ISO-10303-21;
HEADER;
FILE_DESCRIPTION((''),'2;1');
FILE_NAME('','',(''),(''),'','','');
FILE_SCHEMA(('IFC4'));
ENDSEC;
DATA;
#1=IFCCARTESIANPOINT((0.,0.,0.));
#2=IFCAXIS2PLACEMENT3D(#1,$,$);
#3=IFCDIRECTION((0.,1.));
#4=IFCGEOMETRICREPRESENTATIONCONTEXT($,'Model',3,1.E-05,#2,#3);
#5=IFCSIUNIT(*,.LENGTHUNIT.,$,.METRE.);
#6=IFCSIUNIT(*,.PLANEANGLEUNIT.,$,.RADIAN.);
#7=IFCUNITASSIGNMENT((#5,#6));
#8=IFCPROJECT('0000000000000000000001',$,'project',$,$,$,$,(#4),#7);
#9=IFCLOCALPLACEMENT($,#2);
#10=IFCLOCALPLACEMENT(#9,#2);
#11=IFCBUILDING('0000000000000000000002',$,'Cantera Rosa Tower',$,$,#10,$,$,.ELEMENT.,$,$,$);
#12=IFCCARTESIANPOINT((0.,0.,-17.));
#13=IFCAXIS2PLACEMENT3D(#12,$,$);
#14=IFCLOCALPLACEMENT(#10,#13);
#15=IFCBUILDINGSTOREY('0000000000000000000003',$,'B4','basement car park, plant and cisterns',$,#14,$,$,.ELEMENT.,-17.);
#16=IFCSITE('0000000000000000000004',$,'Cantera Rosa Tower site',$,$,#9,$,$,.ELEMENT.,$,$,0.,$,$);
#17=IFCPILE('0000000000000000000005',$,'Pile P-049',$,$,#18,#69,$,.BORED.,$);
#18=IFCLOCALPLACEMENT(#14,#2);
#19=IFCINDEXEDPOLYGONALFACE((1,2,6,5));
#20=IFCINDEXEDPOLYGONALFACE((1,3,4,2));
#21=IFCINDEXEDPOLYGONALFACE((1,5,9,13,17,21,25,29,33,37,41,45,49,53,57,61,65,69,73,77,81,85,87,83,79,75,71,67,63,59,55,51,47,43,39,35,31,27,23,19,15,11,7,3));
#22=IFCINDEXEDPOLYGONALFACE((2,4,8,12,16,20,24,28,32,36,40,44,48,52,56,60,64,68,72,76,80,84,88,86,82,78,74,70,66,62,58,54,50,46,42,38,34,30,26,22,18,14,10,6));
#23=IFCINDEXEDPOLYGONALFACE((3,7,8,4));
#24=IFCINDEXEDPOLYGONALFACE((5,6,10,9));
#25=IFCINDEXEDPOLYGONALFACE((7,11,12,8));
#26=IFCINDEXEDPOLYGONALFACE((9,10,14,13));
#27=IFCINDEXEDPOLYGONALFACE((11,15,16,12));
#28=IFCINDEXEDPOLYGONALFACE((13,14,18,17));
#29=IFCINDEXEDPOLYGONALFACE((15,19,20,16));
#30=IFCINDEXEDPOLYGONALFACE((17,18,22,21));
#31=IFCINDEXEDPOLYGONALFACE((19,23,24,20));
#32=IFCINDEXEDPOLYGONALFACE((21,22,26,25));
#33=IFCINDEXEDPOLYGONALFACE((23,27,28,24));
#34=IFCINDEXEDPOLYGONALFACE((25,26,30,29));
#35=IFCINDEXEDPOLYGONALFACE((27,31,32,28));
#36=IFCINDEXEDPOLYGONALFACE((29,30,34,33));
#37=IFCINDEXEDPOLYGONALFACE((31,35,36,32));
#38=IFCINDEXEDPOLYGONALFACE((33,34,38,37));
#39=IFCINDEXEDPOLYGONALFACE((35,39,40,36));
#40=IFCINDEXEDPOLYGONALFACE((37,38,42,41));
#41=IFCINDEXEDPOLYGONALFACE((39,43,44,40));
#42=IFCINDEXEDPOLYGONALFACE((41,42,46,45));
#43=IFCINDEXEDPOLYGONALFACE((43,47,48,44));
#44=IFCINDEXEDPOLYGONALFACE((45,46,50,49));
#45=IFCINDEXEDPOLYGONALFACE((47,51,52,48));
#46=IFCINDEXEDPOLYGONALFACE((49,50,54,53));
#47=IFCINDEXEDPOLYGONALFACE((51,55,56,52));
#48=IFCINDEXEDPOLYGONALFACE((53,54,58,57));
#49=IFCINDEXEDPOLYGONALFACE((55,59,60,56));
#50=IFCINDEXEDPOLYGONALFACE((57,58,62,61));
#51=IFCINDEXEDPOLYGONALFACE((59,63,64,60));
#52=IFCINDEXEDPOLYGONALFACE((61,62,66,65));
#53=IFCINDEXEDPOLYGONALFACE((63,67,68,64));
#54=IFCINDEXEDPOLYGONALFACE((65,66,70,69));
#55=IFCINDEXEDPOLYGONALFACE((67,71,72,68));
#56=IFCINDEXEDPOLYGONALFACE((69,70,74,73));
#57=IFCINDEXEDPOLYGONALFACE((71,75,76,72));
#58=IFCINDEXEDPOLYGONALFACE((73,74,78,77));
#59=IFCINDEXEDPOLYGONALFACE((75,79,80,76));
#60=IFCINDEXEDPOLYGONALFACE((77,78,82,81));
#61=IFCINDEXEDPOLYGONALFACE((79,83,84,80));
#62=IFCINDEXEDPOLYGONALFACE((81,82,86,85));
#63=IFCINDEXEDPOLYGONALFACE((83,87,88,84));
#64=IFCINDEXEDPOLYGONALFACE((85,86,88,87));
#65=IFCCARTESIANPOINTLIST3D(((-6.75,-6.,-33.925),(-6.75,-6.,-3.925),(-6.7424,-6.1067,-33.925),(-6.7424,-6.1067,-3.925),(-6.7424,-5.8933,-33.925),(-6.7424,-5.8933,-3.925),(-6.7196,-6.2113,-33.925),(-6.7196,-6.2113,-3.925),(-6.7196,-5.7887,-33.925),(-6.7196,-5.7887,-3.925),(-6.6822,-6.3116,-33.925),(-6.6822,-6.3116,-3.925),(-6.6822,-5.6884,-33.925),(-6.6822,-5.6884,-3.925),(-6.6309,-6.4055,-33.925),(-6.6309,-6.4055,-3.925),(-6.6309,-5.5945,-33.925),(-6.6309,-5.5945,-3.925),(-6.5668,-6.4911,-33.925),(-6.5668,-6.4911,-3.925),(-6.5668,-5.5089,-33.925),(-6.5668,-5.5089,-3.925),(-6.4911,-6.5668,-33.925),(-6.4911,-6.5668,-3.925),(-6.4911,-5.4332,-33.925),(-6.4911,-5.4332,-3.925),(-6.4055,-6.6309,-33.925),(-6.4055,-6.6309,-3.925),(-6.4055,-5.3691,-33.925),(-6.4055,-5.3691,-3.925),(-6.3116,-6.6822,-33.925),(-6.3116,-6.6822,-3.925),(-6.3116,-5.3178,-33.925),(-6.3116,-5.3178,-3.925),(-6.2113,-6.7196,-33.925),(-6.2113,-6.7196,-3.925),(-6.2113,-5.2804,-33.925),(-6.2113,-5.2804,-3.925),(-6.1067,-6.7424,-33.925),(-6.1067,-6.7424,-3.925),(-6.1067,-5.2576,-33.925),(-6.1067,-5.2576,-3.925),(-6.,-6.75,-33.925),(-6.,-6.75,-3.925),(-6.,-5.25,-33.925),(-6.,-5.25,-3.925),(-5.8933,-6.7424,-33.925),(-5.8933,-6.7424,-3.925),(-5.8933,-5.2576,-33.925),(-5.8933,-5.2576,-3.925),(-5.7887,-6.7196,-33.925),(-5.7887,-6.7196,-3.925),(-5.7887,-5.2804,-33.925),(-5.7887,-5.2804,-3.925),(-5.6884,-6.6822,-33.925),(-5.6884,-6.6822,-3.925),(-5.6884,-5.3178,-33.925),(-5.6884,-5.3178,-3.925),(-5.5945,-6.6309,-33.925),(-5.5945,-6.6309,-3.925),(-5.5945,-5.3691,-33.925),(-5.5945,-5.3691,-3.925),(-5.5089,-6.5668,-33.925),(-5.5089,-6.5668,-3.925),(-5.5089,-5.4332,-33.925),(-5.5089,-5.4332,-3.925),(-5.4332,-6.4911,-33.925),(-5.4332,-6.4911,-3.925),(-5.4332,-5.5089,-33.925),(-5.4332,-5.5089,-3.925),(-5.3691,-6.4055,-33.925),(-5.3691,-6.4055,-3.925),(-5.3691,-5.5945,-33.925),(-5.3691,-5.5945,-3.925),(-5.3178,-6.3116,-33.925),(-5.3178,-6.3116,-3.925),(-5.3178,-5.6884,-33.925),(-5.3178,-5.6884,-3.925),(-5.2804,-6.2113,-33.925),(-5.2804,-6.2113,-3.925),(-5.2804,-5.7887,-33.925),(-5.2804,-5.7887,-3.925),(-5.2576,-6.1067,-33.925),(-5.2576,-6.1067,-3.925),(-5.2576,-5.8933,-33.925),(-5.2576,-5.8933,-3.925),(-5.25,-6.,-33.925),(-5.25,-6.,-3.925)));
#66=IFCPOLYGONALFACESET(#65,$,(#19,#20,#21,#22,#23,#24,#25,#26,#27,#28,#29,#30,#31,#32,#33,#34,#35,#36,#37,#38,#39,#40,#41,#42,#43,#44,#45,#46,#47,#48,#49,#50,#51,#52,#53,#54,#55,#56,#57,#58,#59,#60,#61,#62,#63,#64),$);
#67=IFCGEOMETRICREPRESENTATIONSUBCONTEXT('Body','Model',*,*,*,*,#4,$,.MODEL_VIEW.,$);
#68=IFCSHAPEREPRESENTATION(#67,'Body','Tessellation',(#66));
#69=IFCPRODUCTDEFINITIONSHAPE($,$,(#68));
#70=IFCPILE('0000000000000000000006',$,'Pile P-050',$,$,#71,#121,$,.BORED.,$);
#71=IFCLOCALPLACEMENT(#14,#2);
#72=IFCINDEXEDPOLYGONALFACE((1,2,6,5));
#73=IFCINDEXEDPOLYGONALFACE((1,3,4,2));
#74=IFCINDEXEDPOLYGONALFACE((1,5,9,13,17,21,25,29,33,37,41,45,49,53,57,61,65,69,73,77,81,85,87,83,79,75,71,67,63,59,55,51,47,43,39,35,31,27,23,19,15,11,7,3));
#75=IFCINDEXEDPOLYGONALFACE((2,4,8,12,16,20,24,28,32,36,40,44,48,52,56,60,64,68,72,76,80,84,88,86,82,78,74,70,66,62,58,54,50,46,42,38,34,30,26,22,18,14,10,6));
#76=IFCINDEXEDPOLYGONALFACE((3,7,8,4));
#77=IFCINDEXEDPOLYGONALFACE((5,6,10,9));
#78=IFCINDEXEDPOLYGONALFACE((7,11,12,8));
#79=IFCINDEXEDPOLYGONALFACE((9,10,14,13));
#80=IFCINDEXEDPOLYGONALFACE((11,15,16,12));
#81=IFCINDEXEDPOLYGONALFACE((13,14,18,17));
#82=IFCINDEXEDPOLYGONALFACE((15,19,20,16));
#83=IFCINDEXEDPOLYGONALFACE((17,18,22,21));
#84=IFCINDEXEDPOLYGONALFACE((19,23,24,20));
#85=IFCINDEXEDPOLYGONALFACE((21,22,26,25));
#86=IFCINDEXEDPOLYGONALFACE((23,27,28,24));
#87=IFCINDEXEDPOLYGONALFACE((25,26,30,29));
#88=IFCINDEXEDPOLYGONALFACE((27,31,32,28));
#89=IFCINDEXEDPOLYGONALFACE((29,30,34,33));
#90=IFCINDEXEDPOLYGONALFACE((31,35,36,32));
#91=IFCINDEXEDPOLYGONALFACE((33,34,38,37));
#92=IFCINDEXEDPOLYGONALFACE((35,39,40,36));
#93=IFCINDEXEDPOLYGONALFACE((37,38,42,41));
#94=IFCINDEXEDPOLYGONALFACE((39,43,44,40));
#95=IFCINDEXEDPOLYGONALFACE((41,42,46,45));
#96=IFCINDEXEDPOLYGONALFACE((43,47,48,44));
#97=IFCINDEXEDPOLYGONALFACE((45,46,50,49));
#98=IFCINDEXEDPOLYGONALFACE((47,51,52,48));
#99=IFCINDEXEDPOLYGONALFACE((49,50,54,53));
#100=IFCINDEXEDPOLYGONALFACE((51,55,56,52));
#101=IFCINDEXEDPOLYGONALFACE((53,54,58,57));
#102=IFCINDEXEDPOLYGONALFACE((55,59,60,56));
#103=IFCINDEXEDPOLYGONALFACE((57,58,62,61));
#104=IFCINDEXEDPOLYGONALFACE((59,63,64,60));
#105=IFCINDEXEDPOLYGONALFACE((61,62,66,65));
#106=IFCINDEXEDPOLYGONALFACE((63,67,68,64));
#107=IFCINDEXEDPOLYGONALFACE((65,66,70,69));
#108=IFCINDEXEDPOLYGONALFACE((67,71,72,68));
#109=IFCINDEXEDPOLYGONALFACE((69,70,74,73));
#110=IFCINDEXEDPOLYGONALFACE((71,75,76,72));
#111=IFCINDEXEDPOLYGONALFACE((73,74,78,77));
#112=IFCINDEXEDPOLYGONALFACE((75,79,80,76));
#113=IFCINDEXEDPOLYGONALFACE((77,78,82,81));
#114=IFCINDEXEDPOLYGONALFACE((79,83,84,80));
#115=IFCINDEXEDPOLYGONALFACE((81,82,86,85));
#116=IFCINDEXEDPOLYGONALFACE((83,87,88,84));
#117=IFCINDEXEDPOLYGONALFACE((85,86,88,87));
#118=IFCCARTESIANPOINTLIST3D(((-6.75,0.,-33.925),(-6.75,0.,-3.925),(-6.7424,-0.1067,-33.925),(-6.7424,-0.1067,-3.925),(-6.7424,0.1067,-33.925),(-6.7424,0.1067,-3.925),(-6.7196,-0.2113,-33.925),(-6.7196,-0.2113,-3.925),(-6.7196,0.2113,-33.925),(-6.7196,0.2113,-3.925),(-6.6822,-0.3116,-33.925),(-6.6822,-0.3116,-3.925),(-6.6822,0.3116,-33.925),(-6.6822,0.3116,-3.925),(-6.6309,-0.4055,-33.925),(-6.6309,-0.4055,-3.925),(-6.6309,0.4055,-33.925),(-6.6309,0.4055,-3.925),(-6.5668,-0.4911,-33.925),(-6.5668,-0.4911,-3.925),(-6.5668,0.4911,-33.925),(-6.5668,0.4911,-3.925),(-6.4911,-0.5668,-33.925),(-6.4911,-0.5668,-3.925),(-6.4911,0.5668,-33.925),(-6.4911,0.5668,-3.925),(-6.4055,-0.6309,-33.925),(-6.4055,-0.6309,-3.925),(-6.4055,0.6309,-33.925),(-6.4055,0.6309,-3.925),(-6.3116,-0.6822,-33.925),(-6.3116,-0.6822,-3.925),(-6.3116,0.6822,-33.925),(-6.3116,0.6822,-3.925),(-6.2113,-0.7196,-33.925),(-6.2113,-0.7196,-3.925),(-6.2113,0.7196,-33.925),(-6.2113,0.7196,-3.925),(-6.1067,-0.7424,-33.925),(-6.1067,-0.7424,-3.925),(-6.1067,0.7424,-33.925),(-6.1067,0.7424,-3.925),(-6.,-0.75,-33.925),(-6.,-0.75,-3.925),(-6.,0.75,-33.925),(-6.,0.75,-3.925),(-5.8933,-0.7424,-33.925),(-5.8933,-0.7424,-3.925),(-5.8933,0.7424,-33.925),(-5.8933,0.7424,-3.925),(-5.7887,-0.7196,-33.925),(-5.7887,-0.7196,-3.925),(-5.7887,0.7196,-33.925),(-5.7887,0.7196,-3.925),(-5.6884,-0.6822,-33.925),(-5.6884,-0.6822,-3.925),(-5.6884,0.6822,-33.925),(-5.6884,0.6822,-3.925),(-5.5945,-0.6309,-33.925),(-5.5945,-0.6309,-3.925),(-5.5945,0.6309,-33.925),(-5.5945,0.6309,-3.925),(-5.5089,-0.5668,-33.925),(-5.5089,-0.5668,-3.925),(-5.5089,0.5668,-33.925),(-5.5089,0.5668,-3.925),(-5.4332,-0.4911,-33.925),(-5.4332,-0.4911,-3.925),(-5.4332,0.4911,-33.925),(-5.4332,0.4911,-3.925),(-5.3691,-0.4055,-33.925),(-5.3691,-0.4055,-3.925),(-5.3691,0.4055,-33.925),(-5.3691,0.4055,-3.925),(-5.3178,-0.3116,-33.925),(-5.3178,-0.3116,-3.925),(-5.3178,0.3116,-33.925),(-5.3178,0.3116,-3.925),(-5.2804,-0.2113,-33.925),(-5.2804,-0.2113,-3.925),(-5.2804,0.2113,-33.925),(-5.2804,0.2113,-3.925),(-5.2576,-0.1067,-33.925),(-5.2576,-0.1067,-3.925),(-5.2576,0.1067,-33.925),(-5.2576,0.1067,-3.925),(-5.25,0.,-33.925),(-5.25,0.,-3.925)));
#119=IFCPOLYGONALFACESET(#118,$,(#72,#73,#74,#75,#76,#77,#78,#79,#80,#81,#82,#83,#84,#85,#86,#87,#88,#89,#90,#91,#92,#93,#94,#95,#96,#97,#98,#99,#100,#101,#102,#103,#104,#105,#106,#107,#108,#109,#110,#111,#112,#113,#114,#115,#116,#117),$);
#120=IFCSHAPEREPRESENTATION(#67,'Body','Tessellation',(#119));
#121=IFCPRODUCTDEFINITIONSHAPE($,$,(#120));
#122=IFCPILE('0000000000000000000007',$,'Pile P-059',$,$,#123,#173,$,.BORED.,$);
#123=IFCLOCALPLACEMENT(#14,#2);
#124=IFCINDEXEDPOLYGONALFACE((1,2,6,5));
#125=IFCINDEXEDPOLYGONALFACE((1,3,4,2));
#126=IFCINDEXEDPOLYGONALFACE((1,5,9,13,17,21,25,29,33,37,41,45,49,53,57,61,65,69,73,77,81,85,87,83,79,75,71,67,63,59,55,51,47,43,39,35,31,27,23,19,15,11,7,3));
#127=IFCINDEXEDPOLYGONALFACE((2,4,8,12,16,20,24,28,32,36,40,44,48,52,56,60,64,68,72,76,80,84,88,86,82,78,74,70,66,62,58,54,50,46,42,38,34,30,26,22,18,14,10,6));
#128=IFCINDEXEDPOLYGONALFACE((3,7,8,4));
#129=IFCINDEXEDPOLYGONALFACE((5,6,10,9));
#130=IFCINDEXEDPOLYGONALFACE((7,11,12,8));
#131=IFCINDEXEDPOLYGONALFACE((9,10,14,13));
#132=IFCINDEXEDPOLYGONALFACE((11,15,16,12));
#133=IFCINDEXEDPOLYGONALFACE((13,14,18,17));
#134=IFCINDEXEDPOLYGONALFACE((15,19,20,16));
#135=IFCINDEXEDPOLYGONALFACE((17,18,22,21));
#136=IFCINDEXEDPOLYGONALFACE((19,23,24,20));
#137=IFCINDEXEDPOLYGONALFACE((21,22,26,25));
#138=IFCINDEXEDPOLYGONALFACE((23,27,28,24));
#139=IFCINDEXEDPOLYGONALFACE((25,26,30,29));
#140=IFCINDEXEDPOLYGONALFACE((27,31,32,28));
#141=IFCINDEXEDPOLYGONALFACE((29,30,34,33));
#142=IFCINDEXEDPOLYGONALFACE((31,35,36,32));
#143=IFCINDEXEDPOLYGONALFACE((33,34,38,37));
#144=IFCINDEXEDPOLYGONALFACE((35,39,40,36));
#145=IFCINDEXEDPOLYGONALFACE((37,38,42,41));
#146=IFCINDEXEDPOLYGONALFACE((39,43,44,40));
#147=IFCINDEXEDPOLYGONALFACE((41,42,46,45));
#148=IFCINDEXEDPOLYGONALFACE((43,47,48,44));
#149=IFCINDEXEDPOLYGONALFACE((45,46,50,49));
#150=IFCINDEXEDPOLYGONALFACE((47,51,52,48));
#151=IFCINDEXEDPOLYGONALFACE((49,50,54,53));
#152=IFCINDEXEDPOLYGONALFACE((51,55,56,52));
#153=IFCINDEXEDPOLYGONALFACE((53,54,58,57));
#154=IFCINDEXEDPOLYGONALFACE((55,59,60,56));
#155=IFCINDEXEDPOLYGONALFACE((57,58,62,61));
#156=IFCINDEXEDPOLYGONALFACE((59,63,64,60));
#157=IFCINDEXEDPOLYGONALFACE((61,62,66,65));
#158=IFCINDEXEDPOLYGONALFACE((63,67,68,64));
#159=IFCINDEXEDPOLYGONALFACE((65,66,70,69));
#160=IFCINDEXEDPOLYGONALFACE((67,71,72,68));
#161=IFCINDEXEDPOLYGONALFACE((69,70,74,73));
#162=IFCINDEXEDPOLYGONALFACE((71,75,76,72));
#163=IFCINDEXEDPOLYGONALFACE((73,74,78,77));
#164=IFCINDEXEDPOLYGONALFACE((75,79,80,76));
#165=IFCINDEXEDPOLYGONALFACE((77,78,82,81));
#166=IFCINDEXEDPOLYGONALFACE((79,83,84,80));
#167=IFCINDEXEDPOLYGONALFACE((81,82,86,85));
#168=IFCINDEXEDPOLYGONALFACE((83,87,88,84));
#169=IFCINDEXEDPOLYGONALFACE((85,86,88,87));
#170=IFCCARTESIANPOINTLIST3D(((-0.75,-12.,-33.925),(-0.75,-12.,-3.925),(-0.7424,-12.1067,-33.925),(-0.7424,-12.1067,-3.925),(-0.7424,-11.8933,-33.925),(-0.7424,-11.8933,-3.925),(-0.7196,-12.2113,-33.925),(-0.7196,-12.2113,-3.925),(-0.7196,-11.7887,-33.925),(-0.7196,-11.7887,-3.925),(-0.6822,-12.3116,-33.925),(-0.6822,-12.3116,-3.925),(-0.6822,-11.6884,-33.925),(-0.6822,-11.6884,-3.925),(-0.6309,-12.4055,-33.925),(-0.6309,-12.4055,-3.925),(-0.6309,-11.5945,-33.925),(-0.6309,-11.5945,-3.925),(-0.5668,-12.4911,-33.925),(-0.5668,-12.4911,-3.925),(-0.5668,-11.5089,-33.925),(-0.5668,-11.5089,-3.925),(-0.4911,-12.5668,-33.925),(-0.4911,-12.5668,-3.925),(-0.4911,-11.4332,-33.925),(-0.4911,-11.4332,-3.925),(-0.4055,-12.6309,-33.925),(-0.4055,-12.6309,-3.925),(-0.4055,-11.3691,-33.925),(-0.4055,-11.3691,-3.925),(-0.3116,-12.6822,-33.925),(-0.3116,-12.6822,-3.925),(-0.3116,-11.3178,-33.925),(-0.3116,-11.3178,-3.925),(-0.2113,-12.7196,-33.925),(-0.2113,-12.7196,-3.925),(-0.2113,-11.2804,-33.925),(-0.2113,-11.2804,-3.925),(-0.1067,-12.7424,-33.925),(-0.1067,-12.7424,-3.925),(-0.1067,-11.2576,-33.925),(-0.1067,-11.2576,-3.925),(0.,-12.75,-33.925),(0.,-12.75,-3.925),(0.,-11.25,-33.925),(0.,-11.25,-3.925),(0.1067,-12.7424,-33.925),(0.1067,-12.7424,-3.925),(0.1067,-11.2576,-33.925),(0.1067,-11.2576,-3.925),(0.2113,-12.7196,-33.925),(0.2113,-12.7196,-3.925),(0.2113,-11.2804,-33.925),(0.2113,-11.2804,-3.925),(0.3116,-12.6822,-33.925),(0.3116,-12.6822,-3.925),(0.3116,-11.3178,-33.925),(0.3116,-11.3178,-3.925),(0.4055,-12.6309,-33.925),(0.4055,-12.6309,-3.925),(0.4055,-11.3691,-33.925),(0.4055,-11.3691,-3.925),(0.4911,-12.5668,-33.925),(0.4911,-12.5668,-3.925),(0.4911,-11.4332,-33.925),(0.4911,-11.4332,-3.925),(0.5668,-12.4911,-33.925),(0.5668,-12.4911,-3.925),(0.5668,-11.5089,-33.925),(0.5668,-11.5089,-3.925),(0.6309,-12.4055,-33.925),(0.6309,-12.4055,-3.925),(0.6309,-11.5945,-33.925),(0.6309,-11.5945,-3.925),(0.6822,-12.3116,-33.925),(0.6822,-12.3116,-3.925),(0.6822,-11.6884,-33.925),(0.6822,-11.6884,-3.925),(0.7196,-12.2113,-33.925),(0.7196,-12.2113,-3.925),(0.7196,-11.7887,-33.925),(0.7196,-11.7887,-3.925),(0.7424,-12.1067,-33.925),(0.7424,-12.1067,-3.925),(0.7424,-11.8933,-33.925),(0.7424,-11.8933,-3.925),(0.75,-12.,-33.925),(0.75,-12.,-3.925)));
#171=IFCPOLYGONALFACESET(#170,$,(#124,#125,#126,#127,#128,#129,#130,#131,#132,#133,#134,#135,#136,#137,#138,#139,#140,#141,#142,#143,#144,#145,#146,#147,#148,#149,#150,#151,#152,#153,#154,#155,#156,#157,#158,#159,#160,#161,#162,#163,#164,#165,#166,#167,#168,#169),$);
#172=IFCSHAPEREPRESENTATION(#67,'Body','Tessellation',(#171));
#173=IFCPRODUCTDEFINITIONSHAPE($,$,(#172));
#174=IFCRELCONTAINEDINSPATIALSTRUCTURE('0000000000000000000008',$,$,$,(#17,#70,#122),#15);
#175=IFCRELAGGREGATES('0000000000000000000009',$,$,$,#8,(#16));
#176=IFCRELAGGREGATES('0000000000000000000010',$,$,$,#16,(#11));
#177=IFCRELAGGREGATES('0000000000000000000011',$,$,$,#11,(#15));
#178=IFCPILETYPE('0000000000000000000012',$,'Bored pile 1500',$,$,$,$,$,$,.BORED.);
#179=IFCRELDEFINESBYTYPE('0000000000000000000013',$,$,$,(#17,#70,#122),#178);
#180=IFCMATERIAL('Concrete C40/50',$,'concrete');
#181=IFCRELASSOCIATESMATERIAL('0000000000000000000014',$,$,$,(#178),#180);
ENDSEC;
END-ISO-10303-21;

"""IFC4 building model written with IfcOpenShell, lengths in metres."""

from ifc_helpers import new_model, si_unit, direction, frame, origin, origin_2d, place, context, subcontext, project, spatial, circle, extrude, material, material_profile, profile_set, type_object, element, save


model = new_model("IFC4")

# Units and contexts
model_context = context("Model", 3, precision=1e-05, world=origin(), true_north=direction((0.0, 1.0)))
body_context = subcontext(model_context, "Body", "Model", "MODEL_VIEW")
ifc_project = project(units=[si_unit("LENGTHUNIT", "METRE"), si_unit("PLANEANGLEUNIT", "RADIAN")], contexts=[model_context])

# Site, building, storey
site_placement = place(None, origin())
site = spatial("IfcSite", under=ifc_project, at=site_placement, Name="Cantera Rosa Tower site", CompositionType="ELEMENT", RefElevation=0.0)
building_placement = place(site_placement, origin())
building = spatial("IfcBuilding", under=site, at=building_placement, Name="Cantera Rosa Tower", CompositionType="ELEMENT")
storey_placement = place(building_placement, frame((0.0, 0.0, -17.0)))
storey = spatial("IfcBuildingStorey", under=building, at=storey_placement, Name="B4", Description="basement car park, plant and cisterns", CompositionType="ELEMENT", Elevation=-17.0)

# Piles
ifc_material_1 = material(Name="Concrete C40/50", Category="concrete")
ifc_material_profile_1 = material_profile(ifc_material_1, circle(Radius=0.75, at=origin_2d()), Name="Bored pile 1500")
ifc_profile_set_1 = profile_set([ifc_material_profile_1], Name="Concrete C40/50")
pile_type = type_object("IfcPileType", Name="Bored pile 1500", PredefinedType="BORED", material=ifc_profile_set_1)
for number, where, z_axis, x_axis, name in (
    (1, (-6.0, -6.0, -3.925), (0.0, 0.0, -1.0), (1.0, 0.0, 0.0), "Pile P-049"),
    (2, (-6.0, 0.0, -3.925), (0.0, 0.0, -1.0), (1.0, 0.0, 0.0), "Pile P-050"),
    (3, (0.0, -12.0, -3.925), (0.0, 0.0, -1.0), (1.0, 0.0, 0.0), "Pile P-059"),
):
    element("IfcPile", number, at=place(storey_placement, frame(where, z_axis=z_axis, x_axis=x_axis)), inside=storey, type_object=pile_type, Name=name, PredefinedType="BORED", context=body_context, shape_type="SweptSolid", body=[
        extrude(circle(Radius=0.75, at=origin_2d()), origin(), (0.0, 0.0, 1.0), 30.0),
    ])

save(model, "model.ifc")
